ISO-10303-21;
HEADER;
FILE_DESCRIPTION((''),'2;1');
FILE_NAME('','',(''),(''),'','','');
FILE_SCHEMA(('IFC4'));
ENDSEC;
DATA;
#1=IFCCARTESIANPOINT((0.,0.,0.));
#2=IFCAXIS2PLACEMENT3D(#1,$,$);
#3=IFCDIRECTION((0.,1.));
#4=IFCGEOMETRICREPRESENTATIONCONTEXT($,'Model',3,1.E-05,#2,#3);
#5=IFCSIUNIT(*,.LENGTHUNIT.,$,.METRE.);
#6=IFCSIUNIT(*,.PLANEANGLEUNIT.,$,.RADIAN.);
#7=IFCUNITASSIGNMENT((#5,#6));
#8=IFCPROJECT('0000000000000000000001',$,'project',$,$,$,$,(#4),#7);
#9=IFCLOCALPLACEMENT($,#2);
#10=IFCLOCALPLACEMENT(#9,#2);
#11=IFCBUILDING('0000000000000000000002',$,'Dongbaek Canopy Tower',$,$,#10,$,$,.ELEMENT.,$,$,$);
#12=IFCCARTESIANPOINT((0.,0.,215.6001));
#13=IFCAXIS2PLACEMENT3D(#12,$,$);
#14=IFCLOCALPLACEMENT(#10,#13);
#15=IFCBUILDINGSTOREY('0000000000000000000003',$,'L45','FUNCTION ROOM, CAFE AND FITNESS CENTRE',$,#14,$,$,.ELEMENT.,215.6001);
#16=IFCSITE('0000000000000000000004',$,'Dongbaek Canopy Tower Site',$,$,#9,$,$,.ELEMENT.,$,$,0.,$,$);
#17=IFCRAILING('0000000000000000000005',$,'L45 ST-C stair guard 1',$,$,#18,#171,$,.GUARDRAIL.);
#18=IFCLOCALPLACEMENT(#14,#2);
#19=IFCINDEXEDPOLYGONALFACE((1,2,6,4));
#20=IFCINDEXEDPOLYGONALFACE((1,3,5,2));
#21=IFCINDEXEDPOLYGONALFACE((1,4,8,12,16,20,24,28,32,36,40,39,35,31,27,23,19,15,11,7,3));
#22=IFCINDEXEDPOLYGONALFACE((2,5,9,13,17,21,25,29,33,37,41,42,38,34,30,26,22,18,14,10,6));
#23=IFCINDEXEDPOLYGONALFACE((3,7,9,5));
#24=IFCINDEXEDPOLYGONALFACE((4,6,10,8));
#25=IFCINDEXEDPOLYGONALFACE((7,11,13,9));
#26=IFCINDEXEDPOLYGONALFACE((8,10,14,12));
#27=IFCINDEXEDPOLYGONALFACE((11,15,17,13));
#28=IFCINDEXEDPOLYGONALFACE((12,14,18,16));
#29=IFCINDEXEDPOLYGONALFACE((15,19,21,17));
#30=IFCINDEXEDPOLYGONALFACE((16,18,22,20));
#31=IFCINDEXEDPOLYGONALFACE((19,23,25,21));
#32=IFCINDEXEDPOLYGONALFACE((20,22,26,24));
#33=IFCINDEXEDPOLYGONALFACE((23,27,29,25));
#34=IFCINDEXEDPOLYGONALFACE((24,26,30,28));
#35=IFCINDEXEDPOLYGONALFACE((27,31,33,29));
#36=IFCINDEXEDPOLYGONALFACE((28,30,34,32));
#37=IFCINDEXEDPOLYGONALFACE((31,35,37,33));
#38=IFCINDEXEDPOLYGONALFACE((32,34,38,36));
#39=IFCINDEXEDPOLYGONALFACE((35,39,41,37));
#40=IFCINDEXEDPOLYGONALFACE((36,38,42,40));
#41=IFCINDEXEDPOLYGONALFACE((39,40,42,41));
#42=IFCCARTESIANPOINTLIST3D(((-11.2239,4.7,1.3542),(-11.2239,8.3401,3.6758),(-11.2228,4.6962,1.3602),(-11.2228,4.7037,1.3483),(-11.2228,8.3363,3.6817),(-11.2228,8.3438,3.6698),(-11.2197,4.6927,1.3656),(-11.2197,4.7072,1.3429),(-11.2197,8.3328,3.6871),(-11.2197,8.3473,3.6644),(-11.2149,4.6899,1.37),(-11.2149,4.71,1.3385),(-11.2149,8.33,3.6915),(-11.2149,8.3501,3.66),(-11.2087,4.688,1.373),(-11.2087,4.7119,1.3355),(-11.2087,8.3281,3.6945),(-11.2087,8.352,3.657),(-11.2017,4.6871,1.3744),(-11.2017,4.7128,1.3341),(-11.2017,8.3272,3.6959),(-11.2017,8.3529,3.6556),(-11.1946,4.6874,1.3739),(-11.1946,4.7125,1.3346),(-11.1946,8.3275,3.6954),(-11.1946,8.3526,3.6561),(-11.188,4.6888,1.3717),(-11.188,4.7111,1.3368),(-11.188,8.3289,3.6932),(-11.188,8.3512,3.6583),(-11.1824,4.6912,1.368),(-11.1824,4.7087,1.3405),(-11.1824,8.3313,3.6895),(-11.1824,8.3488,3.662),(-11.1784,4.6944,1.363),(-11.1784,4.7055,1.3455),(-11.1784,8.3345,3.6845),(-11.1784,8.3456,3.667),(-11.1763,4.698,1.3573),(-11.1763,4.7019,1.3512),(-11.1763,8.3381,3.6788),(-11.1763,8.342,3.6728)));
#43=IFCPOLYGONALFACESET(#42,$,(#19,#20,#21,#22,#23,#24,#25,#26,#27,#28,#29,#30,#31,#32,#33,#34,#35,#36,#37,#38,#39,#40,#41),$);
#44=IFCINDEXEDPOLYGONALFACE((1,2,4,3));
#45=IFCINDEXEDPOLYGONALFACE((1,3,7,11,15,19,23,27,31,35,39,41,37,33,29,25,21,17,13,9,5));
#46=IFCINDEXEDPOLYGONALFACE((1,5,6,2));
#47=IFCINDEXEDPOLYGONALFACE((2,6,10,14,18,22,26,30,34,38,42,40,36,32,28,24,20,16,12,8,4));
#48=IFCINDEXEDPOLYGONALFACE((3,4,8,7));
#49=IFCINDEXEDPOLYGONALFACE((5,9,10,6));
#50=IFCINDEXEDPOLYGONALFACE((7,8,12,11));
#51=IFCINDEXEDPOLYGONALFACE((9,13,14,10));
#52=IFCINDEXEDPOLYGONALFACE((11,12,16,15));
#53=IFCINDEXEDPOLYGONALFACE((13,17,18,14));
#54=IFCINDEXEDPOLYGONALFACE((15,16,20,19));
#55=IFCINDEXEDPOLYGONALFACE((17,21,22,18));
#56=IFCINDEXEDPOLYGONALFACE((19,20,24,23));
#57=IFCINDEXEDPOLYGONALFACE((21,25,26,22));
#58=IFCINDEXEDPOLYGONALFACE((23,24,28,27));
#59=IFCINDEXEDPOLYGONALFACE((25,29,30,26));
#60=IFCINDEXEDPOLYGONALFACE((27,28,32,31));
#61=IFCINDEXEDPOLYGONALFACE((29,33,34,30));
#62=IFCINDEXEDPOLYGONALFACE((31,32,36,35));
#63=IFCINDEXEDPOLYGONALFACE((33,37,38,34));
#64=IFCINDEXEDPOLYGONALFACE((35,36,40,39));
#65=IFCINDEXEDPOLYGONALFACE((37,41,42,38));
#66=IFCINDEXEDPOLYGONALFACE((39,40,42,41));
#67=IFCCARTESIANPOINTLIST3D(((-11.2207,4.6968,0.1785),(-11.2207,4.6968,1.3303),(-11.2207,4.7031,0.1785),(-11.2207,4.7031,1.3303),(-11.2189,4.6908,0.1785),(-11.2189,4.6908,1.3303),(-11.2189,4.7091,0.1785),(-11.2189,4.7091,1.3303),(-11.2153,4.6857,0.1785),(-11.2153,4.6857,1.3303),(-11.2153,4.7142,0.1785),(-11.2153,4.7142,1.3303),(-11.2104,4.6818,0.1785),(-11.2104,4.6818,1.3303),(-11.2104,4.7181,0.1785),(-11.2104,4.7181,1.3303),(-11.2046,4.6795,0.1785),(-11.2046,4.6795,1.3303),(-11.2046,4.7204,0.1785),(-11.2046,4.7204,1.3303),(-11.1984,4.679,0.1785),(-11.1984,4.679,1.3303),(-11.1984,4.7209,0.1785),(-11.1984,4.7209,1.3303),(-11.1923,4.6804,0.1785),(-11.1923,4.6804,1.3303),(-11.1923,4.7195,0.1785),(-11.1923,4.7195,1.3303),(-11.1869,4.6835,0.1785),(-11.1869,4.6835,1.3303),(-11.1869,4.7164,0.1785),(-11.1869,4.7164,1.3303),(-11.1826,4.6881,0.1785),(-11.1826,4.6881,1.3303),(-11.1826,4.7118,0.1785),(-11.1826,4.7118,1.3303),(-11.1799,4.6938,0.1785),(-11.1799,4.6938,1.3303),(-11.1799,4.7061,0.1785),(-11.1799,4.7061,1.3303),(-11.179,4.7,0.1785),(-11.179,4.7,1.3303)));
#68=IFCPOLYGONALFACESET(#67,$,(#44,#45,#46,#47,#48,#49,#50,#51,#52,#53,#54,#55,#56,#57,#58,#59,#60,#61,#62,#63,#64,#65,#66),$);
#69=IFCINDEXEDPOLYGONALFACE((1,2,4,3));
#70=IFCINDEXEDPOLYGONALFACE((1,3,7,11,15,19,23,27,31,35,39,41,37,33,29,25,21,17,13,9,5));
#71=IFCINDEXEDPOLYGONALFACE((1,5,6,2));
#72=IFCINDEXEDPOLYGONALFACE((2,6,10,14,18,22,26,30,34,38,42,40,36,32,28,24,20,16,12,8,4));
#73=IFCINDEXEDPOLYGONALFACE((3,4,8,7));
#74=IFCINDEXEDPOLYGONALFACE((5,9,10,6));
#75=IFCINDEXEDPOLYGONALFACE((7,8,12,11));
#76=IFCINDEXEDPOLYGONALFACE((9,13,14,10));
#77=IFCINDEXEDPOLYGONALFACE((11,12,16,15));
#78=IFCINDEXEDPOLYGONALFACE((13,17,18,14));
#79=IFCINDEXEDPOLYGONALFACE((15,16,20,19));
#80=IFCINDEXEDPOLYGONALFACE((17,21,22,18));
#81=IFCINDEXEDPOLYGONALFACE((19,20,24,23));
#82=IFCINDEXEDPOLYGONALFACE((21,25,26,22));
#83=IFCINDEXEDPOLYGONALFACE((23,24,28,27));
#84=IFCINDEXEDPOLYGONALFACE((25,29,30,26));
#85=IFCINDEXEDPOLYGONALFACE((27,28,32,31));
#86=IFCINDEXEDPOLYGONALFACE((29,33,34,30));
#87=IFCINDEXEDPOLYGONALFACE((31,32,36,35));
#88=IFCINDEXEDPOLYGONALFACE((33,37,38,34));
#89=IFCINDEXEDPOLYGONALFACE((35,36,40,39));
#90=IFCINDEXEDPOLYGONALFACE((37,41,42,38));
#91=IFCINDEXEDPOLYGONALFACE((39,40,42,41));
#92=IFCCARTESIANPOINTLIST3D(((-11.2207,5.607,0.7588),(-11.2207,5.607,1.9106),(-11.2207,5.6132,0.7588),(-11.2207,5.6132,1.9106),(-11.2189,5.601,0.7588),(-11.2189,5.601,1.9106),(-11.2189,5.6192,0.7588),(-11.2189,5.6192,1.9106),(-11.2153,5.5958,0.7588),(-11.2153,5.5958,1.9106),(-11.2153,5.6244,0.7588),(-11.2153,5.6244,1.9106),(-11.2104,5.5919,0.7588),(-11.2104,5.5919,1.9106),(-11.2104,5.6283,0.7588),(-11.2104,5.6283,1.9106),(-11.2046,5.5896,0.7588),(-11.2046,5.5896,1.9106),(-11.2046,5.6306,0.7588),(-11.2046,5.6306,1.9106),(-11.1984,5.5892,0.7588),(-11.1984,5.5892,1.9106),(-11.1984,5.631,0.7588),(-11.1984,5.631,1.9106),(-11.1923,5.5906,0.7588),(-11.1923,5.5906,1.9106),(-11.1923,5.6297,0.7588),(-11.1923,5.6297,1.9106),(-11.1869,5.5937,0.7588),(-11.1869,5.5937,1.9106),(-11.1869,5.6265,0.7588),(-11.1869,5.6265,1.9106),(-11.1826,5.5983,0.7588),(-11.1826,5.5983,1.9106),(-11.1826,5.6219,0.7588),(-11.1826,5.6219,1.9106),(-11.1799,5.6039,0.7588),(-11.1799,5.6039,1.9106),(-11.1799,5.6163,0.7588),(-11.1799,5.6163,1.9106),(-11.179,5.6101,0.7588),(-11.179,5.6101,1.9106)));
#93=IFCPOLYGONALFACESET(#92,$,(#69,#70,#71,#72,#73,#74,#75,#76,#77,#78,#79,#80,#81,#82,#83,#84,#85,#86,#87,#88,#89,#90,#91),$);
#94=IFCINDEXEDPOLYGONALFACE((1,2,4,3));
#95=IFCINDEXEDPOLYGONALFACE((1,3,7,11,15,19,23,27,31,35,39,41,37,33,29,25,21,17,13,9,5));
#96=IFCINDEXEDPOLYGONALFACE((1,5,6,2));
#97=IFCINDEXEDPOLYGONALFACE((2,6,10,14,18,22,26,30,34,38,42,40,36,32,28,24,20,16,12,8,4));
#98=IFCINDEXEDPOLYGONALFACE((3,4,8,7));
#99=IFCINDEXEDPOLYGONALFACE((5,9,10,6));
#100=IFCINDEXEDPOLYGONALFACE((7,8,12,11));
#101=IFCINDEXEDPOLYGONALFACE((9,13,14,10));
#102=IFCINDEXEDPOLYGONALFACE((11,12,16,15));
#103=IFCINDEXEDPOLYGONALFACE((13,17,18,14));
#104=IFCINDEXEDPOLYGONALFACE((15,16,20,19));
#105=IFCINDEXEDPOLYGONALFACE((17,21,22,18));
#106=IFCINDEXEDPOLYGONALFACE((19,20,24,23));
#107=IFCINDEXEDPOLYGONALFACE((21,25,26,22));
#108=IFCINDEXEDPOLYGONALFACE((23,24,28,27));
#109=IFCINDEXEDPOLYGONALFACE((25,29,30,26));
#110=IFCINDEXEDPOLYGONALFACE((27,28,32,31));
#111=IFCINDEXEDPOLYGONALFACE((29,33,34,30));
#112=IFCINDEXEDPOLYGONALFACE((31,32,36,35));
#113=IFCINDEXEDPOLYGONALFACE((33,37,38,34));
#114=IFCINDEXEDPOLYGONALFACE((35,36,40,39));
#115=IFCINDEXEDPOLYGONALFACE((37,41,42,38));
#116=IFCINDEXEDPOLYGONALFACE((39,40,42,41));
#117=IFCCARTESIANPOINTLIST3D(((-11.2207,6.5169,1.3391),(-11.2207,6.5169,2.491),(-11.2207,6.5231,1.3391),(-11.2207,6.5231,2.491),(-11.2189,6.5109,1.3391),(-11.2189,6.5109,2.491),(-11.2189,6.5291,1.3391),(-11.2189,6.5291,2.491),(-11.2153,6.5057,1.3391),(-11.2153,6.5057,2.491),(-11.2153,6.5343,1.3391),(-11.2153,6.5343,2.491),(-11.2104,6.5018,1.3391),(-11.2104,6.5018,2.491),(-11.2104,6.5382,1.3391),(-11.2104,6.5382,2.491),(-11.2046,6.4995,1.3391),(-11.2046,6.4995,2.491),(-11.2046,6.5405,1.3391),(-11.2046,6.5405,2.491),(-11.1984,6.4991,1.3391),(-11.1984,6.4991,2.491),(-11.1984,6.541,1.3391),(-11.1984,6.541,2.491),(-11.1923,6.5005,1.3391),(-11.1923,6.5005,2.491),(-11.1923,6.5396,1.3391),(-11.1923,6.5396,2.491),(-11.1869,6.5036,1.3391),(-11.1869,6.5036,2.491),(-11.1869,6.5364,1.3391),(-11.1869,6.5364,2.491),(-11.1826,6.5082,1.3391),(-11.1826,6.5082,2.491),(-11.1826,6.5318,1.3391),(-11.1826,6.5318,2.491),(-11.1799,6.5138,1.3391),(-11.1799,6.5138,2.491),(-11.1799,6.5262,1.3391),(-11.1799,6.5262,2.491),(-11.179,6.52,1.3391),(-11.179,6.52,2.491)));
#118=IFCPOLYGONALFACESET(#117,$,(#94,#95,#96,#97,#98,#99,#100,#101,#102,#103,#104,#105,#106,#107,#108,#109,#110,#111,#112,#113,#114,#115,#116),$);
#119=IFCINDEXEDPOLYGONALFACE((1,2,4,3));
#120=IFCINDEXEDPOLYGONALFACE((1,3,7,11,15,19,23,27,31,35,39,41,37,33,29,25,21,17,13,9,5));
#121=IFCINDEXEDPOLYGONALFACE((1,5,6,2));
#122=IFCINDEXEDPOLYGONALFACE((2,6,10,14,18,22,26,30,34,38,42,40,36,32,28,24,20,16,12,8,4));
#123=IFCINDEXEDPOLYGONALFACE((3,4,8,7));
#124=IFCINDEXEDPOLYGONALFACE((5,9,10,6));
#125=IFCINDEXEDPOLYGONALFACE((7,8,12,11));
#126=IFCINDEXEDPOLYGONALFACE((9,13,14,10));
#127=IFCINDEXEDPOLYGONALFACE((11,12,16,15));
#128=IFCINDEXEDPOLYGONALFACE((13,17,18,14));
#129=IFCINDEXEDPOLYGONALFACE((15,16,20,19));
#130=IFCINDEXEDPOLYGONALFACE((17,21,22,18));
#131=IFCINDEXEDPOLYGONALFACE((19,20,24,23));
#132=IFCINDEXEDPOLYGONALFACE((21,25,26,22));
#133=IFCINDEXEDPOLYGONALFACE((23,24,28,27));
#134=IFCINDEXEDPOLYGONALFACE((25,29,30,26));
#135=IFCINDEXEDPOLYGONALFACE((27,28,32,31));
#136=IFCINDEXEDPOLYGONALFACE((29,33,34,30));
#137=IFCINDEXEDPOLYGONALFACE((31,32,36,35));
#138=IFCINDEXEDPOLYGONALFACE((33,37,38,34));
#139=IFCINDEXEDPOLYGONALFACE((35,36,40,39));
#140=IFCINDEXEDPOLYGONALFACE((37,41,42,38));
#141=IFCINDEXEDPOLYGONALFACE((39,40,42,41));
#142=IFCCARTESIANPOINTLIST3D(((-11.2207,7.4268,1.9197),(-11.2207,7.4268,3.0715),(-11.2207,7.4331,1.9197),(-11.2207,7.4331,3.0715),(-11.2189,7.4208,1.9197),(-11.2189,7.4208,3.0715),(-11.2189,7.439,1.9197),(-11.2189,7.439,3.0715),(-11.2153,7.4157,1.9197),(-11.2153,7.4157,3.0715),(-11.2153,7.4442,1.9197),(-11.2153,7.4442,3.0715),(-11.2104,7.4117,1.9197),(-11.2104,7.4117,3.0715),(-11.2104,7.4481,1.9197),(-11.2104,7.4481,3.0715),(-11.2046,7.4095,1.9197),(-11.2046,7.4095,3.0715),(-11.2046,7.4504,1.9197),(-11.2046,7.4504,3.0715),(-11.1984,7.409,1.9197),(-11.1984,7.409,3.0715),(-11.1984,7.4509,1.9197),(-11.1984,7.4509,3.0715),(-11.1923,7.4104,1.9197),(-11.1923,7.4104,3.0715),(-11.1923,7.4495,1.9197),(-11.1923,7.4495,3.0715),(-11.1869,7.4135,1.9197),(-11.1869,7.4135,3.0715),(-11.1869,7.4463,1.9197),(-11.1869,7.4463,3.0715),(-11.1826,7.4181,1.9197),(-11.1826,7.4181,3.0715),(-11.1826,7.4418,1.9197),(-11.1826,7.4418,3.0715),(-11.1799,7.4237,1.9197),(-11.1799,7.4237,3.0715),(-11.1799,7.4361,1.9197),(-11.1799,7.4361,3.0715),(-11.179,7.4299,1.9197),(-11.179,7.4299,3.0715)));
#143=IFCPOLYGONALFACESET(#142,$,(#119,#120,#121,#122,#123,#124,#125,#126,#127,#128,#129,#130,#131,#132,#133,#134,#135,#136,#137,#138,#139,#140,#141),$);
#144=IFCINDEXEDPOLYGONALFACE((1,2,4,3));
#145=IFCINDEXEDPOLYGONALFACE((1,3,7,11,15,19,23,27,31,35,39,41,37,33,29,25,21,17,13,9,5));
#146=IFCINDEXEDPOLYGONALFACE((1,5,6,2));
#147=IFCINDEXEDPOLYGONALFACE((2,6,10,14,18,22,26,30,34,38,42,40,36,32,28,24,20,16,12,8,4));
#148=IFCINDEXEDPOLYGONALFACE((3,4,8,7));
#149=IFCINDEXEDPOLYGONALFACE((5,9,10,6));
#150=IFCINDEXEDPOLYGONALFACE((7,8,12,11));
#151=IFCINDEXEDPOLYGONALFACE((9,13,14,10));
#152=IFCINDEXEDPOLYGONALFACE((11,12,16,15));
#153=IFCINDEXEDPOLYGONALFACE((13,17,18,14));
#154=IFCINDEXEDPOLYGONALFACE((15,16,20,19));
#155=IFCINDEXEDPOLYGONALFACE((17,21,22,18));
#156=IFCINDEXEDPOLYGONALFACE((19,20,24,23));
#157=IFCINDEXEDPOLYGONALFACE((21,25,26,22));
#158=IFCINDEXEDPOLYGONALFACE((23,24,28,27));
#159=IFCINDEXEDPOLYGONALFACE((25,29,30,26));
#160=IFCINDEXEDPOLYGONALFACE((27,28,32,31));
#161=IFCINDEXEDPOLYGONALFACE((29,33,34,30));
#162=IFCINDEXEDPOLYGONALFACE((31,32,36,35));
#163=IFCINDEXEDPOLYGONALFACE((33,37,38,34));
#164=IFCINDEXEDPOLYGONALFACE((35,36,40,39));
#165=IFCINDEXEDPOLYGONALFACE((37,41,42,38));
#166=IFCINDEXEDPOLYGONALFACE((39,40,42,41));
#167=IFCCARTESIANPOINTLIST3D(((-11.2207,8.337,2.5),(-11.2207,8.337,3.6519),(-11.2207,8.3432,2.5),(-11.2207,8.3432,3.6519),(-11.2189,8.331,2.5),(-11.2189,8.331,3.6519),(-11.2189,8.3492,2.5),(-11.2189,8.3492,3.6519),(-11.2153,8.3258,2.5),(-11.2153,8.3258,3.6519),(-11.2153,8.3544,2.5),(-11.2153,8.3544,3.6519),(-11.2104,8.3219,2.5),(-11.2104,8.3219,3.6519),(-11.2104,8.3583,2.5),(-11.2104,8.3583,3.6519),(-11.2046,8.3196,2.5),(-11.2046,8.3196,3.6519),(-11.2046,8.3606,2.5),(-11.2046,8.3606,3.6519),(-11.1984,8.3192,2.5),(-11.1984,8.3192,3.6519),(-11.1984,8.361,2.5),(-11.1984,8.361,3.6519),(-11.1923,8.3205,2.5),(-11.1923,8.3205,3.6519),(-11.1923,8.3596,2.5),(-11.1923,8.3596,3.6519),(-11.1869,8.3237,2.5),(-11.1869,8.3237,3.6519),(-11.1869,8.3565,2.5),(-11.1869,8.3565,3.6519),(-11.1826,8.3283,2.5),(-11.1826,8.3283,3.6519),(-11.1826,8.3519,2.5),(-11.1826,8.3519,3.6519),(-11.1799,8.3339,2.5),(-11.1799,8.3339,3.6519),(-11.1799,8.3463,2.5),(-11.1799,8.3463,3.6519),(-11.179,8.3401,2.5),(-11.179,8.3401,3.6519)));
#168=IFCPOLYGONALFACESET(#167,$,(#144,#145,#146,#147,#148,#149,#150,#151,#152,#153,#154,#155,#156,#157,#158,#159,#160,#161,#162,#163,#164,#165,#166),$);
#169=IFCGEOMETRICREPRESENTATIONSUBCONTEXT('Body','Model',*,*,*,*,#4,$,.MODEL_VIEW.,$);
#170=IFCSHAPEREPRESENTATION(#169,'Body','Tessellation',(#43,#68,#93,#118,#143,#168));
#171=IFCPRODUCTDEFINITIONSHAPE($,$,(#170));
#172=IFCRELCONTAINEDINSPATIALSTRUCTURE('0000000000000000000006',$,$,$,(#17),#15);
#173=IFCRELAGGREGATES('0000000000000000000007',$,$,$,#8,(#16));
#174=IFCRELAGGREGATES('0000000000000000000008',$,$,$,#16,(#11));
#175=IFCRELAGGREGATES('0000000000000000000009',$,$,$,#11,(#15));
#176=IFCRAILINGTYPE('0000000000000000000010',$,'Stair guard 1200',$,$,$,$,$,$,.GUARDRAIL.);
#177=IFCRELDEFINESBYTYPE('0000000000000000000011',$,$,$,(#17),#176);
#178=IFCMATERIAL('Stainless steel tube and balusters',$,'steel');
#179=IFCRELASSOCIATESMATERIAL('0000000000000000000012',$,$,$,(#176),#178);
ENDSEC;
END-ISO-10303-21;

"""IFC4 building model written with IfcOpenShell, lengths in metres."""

from ifc_helpers import new_model, si_unit, direction, frame, origin, origin_2d, place, context, subcontext, project, spatial, circle, extrude, material, type_object, element, save


model = new_model("IFC4")

# Units and contexts
model_context = context("Model", 3, precision=1e-05, world=origin(), true_north=direction((0.0, 1.0)))
body_context = subcontext(model_context, "Body", "Model", "MODEL_VIEW")
ifc_project = project(units=[si_unit("LENGTHUNIT", "METRE"), si_unit("PLANEANGLEUNIT", "RADIAN")], contexts=[model_context])

# Site, building, storey
site_placement = place(None, origin())
site = spatial("IfcSite", under=ifc_project, at=site_placement, Name="Dongbaek Canopy Tower Site", CompositionType="ELEMENT", RefElevation=0.0)
building_placement = place(site_placement, origin())
building = spatial("IfcBuilding", under=site, at=building_placement, Name="Dongbaek Canopy Tower", CompositionType="ELEMENT")
storey_placement = place(building_placement, frame((0.0, 0.0, 215.6001)))
storey = spatial("IfcBuildingStorey", under=building, at=storey_placement, Name="L45", Description="FUNCTION ROOM, CAFE AND FITNESS CENTRE", CompositionType="ELEMENT", Elevation=215.6001)

# Railing
ifc_material_1 = material(Name="Stainless steel tube and balusters", Category="steel")
railing_type_1 = type_object("IfcRailingType", Name="Stair guard 1200", PredefinedType="GUARDRAIL", material=ifc_material_1)
railing_1_placement = place(storey_placement, frame((-11.2, 4.7, 0.1785)))
element("IfcRailing", 1, at=railing_1_placement, inside=storey, type_object=railing_type_1, Name="L45 ST-C stair guard 1", PredefinedType="GUARDRAIL", context=body_context, shape_type="SweptSolid", body=[
    extrude(circle(Radius=0.0239, at=origin_2d()), frame((0.0, 0.0, 1.1758), z_axis=(0.0, 0.843128, 0.537713), x_axis=(-1.0, 0.0, 0.0)), (0.0, 0.0, 1.0), 4.3174),
    extrude(circle(Radius=0.021, at=origin_2d()), origin(), (0.0, 0.0, 1.0), 1.1519),
    extrude(circle(Radius=0.021, at=origin_2d()), frame((0.0, 0.9102, 0.5803)), (0.0, 0.0, 1.0), 1.1519),
    extrude(circle(Radius=0.021, at=origin_2d()), frame((0.0, 1.8201, 1.1606)), (0.0, 0.0, 1.0), 1.1519),
    extrude(circle(Radius=0.021, at=origin_2d()), frame((0.0, 2.73, 1.7412)), (0.0, 0.0, 1.0), 1.1519),
    extrude(circle(Radius=0.021, at=origin_2d()), frame((0.0, 3.6401, 2.3215)), (0.0, 0.0, 1.0), 1.1519),
])

save(model, "model.ifc")
